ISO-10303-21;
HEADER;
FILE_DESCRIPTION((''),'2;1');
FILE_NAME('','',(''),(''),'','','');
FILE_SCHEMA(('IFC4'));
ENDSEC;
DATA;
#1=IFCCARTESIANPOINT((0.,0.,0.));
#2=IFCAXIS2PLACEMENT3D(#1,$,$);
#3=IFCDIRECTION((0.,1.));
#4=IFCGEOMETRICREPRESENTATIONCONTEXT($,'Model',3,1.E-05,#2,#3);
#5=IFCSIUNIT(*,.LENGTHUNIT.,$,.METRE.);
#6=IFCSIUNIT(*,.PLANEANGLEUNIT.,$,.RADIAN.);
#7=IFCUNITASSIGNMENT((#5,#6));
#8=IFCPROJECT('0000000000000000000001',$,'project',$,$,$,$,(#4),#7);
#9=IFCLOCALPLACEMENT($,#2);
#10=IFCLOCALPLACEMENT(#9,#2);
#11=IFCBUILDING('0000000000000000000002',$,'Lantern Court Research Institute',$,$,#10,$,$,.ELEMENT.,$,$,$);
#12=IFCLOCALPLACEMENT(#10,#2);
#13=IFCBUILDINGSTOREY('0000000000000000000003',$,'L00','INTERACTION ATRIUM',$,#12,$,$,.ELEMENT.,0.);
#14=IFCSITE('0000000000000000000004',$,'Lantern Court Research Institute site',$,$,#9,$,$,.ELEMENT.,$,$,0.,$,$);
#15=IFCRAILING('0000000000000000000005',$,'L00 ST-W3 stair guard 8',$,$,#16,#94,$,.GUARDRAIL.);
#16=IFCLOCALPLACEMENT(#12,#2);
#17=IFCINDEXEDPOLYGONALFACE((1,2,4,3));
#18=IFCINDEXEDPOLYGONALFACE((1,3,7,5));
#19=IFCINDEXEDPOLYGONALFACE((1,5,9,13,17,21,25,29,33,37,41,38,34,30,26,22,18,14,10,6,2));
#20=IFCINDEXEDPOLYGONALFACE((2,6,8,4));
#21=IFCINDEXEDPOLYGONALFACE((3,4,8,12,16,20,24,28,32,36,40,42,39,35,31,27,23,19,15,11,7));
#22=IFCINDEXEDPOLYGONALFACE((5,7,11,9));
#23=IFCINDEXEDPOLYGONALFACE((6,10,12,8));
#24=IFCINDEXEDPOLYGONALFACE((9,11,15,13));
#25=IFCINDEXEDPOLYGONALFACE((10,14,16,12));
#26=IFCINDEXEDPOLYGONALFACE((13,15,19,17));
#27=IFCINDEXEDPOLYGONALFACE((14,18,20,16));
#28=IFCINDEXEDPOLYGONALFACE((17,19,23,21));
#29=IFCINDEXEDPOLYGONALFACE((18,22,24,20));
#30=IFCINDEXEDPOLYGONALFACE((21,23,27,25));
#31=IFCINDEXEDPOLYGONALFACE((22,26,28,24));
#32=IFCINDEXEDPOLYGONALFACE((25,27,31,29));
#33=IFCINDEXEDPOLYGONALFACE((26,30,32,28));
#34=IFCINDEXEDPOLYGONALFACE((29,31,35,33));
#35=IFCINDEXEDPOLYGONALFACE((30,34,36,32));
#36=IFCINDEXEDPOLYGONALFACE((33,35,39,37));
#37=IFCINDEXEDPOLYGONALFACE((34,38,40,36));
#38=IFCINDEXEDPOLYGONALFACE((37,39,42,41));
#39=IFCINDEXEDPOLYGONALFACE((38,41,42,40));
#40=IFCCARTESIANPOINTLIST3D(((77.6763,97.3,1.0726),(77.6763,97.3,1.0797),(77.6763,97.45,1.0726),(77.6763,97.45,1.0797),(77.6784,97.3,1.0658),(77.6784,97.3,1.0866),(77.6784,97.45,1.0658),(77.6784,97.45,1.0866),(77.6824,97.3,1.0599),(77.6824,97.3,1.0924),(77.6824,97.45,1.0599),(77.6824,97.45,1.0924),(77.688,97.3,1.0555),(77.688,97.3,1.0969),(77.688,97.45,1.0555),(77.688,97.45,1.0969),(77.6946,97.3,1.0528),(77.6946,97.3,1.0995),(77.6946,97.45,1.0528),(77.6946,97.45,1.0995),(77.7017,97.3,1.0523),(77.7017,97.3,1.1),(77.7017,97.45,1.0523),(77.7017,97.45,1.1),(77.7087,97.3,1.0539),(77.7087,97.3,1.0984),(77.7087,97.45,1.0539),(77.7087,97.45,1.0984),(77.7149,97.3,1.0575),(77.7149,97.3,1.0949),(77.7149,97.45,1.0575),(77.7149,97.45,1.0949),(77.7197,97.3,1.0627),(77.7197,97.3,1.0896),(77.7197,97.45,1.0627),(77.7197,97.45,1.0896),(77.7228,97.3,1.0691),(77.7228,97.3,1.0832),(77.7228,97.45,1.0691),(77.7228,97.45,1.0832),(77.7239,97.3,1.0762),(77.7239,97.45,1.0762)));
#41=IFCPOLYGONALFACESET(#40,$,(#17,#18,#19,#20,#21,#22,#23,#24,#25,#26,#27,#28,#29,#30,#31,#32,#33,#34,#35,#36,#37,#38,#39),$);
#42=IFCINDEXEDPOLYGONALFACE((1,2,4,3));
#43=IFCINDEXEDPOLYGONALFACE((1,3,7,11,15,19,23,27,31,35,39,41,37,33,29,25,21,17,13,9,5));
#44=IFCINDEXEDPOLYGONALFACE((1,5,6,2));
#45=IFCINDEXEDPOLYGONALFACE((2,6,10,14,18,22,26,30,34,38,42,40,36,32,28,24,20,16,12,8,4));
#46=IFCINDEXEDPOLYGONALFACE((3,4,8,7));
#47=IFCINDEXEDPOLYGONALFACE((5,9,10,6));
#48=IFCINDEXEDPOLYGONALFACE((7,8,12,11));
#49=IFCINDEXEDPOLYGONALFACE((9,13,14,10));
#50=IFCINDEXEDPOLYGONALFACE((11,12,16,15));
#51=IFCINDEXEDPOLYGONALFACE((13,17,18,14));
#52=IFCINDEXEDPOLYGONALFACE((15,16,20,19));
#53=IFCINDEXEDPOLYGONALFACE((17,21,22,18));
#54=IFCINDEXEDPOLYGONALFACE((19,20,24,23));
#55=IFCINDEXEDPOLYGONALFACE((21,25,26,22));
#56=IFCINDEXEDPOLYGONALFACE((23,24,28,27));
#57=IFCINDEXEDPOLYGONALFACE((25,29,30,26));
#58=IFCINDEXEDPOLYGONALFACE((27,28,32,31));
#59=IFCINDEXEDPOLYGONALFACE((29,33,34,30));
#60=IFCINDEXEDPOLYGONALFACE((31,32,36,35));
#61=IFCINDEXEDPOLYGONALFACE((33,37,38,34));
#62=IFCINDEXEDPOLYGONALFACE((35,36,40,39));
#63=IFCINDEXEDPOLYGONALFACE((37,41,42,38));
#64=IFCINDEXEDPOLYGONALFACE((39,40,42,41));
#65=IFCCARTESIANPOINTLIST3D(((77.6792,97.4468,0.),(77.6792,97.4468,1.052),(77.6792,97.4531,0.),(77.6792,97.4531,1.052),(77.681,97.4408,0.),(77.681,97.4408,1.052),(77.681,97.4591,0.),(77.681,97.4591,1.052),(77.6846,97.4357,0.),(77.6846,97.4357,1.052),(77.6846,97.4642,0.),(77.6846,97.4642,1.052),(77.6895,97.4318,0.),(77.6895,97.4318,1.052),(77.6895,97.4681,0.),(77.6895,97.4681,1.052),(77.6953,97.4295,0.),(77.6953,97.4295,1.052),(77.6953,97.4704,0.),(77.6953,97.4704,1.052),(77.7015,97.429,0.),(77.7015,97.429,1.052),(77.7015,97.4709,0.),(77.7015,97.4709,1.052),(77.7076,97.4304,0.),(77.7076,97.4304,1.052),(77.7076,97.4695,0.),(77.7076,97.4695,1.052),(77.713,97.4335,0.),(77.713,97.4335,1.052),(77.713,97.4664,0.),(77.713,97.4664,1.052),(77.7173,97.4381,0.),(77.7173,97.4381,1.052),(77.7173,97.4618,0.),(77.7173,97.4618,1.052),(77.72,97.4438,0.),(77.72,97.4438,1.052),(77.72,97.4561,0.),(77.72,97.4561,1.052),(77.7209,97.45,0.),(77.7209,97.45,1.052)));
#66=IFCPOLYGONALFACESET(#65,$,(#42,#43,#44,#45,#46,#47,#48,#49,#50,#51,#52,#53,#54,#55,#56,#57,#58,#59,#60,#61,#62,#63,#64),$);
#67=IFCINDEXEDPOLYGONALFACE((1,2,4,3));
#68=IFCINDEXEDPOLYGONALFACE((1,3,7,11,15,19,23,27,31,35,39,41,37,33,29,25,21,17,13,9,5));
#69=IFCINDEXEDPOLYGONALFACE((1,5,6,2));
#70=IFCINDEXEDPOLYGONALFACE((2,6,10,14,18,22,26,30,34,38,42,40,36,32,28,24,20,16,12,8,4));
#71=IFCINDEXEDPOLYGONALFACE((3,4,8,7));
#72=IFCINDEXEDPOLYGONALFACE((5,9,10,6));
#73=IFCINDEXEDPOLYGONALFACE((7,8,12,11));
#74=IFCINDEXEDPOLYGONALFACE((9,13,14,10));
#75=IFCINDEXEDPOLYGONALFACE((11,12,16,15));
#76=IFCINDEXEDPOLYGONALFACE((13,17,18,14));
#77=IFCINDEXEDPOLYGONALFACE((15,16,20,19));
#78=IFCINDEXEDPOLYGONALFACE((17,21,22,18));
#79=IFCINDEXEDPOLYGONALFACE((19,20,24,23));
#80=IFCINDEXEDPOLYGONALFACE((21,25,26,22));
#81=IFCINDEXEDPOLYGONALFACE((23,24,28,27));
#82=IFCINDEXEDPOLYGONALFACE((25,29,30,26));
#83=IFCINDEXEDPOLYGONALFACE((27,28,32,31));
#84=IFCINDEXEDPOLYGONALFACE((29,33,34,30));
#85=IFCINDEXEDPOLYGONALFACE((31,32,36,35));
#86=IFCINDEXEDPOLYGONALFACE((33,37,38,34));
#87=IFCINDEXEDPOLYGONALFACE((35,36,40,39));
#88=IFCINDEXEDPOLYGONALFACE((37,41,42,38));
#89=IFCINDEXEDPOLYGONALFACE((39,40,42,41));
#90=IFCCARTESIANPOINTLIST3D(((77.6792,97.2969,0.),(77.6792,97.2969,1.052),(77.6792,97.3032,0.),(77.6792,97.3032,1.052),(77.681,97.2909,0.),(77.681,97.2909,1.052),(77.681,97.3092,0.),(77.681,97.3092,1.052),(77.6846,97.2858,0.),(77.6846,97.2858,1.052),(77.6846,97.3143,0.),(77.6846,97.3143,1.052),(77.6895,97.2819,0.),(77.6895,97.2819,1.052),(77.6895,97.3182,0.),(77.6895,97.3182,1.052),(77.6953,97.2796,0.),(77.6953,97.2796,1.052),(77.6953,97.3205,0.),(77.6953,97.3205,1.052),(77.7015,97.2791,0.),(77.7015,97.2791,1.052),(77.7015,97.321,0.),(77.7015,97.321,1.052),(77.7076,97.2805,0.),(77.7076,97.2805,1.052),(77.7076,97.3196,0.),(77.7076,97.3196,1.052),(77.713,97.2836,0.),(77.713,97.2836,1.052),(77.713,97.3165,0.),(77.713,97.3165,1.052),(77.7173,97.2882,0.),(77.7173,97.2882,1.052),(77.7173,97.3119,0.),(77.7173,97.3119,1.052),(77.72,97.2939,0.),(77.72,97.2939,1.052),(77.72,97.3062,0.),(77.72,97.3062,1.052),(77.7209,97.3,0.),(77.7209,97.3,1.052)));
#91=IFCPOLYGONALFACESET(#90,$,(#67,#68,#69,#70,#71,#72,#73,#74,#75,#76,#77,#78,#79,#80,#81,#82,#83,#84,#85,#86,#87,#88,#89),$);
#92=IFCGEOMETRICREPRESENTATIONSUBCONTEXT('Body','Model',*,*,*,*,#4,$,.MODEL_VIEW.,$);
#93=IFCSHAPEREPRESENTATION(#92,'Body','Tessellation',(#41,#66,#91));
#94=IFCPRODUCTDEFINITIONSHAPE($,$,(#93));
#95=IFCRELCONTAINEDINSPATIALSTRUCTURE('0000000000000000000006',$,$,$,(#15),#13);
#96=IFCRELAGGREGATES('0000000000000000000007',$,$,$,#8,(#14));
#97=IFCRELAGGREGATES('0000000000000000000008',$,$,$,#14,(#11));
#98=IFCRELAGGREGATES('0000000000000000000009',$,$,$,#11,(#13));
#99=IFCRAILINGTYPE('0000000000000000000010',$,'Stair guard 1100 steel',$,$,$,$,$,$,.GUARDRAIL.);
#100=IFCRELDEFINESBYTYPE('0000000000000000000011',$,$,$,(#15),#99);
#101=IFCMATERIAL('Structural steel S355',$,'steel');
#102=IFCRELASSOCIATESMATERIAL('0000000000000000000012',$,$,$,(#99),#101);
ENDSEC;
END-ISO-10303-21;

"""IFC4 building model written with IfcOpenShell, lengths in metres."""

from ifc_helpers import new_model, si_unit, direction, frame, origin, origin_2d, place, context, subcontext, project, spatial, circle, extrude, material, type_object, element, save


model = new_model("IFC4")

# Units and contexts
model_context = context("Model", 3, precision=1e-05, world=origin(), true_north=direction((0.0, 1.0)))
body_context = subcontext(model_context, "Body", "Model", "MODEL_VIEW")
ifc_project = project(units=[si_unit("LENGTHUNIT", "METRE"), si_unit("PLANEANGLEUNIT", "RADIAN")], contexts=[model_context])

# Site, building, storey
site_placement = place(None, origin())
site = spatial("IfcSite", under=ifc_project, at=site_placement, Name="Lantern Court Research Institute site", CompositionType="ELEMENT", RefElevation=0.0)
building_placement = place(site_placement, origin())
building = spatial("IfcBuilding", under=site, at=building_placement, Name="Lantern Court Research Institute", CompositionType="ELEMENT")
storey_placement = place(building_placement, origin())
storey = spatial("IfcBuildingStorey", under=building, at=storey_placement, Name="L00", Description="INTERACTION ATRIUM", CompositionType="ELEMENT", Elevation=0.0)

# Railing
ifc_material_1 = material(Name="Structural steel S355", Category="steel")
railing_type_1 = type_object("IfcRailingType", Name="Stair guard 1100 steel", PredefinedType="GUARDRAIL", material=ifc_material_1)
railing_1_placement = place(storey_placement, frame((77.7, 97.45, 0.0)))
element("IfcRailing", 1, at=railing_1_placement, inside=storey, type_object=railing_type_1, Name="L00 ST-W3 stair guard 8", PredefinedType="GUARDRAIL", context=body_context, shape_type="SweptSolid", body=[
    extrude(circle(Radius=0.0239, at=origin_2d()), frame((0.0, 0.0, 1.0762), z_axis=(0.0, -1.0, 0.0), x_axis=(1.0, 0.0, 0.0)), (0.0, 0.0, 1.0), 0.1499),
    extrude(circle(Radius=0.021, at=origin_2d()), origin(), (0.0, 0.0, 1.0), 1.052),
    extrude(circle(Radius=0.021, at=origin_2d()), frame((0.0, -0.1499, 0.0)), (0.0, 0.0, 1.0), 1.052),
])

save(model, "model.ifc")
